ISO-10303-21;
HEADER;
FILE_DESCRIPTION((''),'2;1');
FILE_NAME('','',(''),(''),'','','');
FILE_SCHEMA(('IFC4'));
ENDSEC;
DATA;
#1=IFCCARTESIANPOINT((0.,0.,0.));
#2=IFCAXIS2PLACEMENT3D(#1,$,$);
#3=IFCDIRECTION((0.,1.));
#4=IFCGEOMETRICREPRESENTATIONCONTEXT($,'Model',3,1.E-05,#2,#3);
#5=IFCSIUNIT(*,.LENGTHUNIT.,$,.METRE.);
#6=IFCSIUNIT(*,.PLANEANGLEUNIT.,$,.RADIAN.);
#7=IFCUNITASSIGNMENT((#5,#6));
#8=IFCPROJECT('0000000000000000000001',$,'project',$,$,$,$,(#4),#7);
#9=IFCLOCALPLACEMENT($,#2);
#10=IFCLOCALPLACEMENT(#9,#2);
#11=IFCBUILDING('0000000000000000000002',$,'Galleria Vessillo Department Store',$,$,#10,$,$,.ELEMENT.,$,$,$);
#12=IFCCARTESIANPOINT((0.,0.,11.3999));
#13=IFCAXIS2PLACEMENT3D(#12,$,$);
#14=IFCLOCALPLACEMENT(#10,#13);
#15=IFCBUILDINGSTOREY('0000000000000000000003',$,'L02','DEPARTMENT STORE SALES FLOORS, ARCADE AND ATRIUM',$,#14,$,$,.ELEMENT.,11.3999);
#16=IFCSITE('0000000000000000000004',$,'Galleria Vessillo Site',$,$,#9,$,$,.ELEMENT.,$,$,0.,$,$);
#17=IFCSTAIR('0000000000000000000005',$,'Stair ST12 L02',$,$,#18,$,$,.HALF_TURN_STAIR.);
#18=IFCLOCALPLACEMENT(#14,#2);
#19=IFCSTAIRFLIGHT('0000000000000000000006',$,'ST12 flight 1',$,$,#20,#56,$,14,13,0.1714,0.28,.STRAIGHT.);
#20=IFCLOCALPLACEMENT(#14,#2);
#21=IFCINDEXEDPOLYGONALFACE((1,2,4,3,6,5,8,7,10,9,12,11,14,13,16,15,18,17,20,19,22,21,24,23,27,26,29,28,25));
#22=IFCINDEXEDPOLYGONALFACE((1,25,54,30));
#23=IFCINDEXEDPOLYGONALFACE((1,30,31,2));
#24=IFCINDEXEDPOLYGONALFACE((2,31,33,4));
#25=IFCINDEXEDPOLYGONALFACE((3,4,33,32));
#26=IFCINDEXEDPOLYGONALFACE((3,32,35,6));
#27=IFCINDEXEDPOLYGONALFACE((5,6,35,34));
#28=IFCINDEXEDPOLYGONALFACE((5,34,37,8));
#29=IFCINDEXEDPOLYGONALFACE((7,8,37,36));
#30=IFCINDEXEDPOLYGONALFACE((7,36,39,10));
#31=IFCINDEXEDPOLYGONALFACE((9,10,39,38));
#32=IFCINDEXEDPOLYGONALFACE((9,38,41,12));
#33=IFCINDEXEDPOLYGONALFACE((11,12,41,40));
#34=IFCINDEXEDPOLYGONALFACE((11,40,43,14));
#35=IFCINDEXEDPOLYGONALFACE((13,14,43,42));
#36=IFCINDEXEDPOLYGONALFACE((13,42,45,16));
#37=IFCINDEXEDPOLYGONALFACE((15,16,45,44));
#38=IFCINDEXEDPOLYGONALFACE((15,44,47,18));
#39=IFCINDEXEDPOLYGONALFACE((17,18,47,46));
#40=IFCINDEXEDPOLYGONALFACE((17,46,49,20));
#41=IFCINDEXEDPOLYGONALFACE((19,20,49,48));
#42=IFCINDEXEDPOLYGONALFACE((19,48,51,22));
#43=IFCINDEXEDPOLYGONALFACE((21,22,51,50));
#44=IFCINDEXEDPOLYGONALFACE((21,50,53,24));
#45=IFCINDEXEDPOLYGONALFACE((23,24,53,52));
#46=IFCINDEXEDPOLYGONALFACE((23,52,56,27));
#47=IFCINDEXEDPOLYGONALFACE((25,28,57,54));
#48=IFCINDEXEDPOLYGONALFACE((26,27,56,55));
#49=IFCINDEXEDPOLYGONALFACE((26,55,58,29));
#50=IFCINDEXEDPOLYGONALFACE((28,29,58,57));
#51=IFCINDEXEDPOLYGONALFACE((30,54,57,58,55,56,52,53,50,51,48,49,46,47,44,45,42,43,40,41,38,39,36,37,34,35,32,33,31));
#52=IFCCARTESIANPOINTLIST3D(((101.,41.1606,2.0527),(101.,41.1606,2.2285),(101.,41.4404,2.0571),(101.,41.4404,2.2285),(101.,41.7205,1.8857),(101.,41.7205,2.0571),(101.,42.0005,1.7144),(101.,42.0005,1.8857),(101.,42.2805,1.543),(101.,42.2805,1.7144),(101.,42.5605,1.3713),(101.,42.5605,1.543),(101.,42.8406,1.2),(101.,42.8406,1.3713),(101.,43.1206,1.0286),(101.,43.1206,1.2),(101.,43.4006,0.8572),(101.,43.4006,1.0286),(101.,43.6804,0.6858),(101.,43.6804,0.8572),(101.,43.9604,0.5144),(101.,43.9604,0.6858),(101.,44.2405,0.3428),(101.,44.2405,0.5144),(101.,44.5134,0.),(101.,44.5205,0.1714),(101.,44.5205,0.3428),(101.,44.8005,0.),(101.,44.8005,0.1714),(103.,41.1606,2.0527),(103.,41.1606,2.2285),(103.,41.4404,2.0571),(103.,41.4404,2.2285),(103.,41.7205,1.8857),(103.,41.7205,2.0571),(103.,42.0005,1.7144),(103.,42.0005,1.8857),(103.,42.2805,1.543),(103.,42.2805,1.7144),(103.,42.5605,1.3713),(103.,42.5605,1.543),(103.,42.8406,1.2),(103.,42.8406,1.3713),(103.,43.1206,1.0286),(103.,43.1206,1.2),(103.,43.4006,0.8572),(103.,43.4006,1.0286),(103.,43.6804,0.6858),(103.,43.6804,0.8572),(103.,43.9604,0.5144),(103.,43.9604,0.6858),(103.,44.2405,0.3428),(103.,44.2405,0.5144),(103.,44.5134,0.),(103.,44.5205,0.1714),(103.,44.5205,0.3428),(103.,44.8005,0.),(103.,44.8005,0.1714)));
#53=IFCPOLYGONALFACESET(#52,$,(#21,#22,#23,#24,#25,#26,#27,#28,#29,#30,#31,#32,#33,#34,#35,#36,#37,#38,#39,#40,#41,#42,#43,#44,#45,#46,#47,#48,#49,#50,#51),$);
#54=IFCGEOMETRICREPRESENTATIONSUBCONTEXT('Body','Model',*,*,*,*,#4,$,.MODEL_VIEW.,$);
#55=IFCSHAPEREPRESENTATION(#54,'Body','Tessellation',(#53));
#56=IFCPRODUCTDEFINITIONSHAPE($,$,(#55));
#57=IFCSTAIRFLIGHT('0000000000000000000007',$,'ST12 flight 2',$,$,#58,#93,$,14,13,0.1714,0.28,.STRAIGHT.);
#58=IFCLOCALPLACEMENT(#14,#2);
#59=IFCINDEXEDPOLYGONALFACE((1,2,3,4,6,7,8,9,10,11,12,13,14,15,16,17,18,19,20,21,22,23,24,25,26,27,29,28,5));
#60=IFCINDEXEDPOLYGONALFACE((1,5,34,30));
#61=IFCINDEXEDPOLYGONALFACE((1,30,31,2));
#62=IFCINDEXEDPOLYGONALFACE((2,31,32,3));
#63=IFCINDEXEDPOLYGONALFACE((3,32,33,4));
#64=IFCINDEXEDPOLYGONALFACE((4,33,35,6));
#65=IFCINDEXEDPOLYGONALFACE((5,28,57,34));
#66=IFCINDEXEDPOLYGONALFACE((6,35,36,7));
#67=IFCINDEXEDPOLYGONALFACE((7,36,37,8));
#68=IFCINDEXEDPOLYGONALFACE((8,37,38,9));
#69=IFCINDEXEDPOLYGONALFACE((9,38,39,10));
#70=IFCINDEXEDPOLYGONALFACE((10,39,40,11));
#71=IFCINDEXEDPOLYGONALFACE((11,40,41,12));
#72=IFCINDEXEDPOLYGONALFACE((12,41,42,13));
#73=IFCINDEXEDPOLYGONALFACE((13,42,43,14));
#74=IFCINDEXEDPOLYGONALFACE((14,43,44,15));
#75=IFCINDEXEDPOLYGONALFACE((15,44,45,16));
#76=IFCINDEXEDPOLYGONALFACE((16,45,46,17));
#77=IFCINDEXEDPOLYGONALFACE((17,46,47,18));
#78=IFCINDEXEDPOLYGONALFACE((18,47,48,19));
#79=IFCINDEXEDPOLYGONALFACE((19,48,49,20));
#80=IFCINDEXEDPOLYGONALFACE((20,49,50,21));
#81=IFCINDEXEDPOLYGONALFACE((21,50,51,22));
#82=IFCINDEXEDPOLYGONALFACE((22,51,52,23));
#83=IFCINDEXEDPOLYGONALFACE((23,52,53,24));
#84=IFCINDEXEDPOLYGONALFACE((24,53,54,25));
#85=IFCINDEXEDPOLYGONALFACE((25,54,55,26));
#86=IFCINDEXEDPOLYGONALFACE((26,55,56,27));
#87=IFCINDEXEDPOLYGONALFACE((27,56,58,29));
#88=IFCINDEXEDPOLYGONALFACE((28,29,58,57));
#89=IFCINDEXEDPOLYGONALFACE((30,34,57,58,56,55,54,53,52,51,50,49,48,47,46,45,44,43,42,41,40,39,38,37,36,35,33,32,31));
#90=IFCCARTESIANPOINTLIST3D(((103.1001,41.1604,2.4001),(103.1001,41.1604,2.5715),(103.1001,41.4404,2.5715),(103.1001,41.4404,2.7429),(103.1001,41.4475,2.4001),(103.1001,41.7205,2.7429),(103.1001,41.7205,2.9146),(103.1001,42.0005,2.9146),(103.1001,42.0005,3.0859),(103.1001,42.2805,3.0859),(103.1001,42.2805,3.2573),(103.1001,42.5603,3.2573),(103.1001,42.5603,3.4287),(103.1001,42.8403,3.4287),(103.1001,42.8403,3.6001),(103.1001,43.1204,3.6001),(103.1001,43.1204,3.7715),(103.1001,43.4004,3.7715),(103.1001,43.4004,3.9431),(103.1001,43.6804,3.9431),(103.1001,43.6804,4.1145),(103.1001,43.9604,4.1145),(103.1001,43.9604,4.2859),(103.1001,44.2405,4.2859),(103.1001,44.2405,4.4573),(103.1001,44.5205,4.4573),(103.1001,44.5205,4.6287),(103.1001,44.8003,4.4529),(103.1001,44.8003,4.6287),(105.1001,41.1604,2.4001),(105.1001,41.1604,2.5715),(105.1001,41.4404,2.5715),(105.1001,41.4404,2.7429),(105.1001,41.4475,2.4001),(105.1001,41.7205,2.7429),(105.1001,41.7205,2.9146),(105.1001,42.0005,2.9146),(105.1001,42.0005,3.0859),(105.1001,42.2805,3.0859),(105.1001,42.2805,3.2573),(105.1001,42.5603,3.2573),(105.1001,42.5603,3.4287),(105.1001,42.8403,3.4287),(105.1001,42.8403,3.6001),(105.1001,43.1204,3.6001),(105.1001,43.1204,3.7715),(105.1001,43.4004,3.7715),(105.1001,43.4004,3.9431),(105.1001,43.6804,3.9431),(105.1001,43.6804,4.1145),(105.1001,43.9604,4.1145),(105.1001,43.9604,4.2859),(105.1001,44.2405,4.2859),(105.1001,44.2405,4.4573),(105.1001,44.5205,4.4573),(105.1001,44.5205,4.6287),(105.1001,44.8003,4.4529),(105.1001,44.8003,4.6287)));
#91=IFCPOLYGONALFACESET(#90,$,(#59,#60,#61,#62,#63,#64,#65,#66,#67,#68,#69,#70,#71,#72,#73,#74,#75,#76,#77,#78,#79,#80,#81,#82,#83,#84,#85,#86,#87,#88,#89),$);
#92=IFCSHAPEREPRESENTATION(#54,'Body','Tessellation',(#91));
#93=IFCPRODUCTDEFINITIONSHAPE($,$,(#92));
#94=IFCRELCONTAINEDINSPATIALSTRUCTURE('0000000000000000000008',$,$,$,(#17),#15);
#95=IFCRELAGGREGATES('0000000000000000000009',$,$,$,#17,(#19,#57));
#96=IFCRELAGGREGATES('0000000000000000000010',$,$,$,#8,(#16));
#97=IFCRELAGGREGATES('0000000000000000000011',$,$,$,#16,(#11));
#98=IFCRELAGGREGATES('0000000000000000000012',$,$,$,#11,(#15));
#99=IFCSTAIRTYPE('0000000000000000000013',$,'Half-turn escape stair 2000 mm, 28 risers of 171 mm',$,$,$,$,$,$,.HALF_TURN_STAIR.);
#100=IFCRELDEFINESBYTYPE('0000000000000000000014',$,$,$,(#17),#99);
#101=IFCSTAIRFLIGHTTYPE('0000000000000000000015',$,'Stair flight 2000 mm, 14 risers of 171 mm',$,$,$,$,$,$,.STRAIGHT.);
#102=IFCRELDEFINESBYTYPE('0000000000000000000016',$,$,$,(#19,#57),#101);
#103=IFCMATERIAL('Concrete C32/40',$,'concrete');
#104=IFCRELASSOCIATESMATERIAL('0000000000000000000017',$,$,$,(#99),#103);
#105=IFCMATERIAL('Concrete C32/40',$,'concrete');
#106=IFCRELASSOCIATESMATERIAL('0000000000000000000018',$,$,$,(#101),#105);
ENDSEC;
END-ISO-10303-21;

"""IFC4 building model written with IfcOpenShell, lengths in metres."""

from ifc_helpers import new_model, si_unit, direction, frame, origin, place, context, subcontext, project, spatial, polyline, outline, extrude, material, type_object, element, aggregate, save


model = new_model("IFC4")

# Units and contexts
model_context = context("Model", 3, precision=1e-05, world=origin(), true_north=direction((0.0, 1.0)))
body_context = subcontext(model_context, "Body", "Model", "MODEL_VIEW")
ifc_project = project(units=[si_unit("LENGTHUNIT", "METRE"), si_unit("PLANEANGLEUNIT", "RADIAN")], contexts=[model_context])

# Site, building, storey
site_placement = place(None, origin())
site = spatial("IfcSite", under=ifc_project, at=site_placement, Name="Galleria Vessillo Site", CompositionType="ELEMENT", RefElevation=0.0)
building_placement = place(site_placement, origin())
building = spatial("IfcBuilding", under=site, at=building_placement, Name="Galleria Vessillo Department Store", CompositionType="ELEMENT")
storey_placement = place(building_placement, frame((0.0, 0.0, 11.3999)))
storey = spatial("IfcBuildingStorey", under=building, at=storey_placement, Name="L02", Description="DEPARTMENT STORE SALES FLOORS, ARCADE AND ATRIUM", CompositionType="ELEMENT", Elevation=11.3999)

# Stair, stair flights
ifc_material_1 = material(Name="Concrete C32/40", Category="concrete")
stair_type = type_object("IfcStairType", Name="Half-turn escape stair 2000 mm, 28 risers of 171 mm", PredefinedType="HALF_TURN_STAIR", material=ifc_material_1)
stair_placement = place(storey_placement, origin())
stair = element("IfcStair", 1, at=stair_placement, inside=storey, type_object=stair_type, Name="Stair ST12 L02", PredefinedType="HALF_TURN_STAIR")
ifc_material_2 = material(Name="Concrete C32/40", Category="concrete")
stair_flight_type = type_object("IfcStairFlightType", Name="Stair flight 2000 mm, 14 risers of 171 mm", PredefinedType="STRAIGHT", material=ifc_material_2)
stair_flight_1_placement = place(storey_placement, frame((102.0, 44.8005, 0.0), z_axis=(0.0, 0.0, 1.0), x_axis=(0.0, -1.0, 0.0)))
stair_flight_1 = element("IfcStairFlight", 2, at=stair_flight_1_placement, type_object=stair_flight_type, Name="ST12 flight 1", NumberOfRisers=14, NumberOfTreads=13, PredefinedType="STRAIGHT", RiserHeight=0.1714, TreadLength=0.28, context=body_context, shape_type="SweptSolid", body=[
    extrude(outline(polyline([(0.0, 0.0), (0.0, 0.1714), (0.28, 0.1714), (0.28, 0.3428), (0.5601, 0.3428), (0.5601, 0.5144), (0.8401, 0.5144), (0.8401, 0.6858), (1.1201, 0.6858), (1.1201, 0.8572), (1.3999, 0.8572), (1.3999, 1.0286), (1.6799, 1.0286), (1.6799, 1.2), (1.96, 1.2), (1.96, 1.3713), (2.24, 1.3713), (2.24, 1.543), (2.52, 1.543), (2.52, 1.7144), (2.8, 1.7144), (2.8, 1.8857), (3.0801, 1.8857), (3.0801, 2.0571), (3.3601, 2.0571), (3.3601, 2.2285), (3.6399, 2.2285), (3.6399, 2.3999), (3.6399, 2.0527), (0.2871, 0.0), (0.0, 0.0)])), frame((0.0, 1.0, 0.0), z_axis=(0.0, -1.0, 0.0), x_axis=(1.0, 0.0, 0.0)), (0.0, 0.0, 1.0), 2.0),
])
stair_flight_2_placement = place(storey_placement, frame((104.1001, 41.1604, 2.4001), z_axis=(0.0, 0.0, 1.0), x_axis=(0.0, 1.0, 0.0)))
stair_flight_2 = element("IfcStairFlight", 3, at=stair_flight_2_placement, type_object=stair_flight_type, Name="ST12 flight 2", NumberOfRisers=14, NumberOfTreads=13, PredefinedType="STRAIGHT", RiserHeight=0.1714, TreadLength=0.28, context=body_context, shape_type="SweptSolid", body=[
    extrude(outline(polyline([(0.0, 0.0), (0.0, 0.1714), (0.28, 0.1714), (0.28, 0.3428), (0.5601, 0.3428), (0.5601, 0.5144), (0.8401, 0.5144), (0.8401, 0.6858), (1.1201, 0.6858), (1.1201, 0.8572), (1.3999, 0.8572), (1.3999, 1.0286), (1.6799, 1.0286), (1.6799, 1.2), (1.96, 1.2), (1.96, 1.3713), (2.24, 1.3713), (2.24, 1.543), (2.52, 1.543), (2.52, 1.7144), (2.8, 1.7144), (2.8, 1.8857), (3.0801, 1.8857), (3.0801, 2.0571), (3.3601, 2.0571), (3.3601, 2.2285), (3.6399, 2.2285), (3.6399, 2.3999), (3.6399, 2.0527), (0.2871, 0.0), (0.0, 0.0)])), frame((0.0, 1.0, 0.0), z_axis=(0.0, -1.0, 0.0), x_axis=(1.0, 0.0, 0.0)), (0.0, 0.0, 1.0), 2.0),
])
aggregate(stair, [stair_flight_1, stair_flight_2])

save(model, "model.ifc")
